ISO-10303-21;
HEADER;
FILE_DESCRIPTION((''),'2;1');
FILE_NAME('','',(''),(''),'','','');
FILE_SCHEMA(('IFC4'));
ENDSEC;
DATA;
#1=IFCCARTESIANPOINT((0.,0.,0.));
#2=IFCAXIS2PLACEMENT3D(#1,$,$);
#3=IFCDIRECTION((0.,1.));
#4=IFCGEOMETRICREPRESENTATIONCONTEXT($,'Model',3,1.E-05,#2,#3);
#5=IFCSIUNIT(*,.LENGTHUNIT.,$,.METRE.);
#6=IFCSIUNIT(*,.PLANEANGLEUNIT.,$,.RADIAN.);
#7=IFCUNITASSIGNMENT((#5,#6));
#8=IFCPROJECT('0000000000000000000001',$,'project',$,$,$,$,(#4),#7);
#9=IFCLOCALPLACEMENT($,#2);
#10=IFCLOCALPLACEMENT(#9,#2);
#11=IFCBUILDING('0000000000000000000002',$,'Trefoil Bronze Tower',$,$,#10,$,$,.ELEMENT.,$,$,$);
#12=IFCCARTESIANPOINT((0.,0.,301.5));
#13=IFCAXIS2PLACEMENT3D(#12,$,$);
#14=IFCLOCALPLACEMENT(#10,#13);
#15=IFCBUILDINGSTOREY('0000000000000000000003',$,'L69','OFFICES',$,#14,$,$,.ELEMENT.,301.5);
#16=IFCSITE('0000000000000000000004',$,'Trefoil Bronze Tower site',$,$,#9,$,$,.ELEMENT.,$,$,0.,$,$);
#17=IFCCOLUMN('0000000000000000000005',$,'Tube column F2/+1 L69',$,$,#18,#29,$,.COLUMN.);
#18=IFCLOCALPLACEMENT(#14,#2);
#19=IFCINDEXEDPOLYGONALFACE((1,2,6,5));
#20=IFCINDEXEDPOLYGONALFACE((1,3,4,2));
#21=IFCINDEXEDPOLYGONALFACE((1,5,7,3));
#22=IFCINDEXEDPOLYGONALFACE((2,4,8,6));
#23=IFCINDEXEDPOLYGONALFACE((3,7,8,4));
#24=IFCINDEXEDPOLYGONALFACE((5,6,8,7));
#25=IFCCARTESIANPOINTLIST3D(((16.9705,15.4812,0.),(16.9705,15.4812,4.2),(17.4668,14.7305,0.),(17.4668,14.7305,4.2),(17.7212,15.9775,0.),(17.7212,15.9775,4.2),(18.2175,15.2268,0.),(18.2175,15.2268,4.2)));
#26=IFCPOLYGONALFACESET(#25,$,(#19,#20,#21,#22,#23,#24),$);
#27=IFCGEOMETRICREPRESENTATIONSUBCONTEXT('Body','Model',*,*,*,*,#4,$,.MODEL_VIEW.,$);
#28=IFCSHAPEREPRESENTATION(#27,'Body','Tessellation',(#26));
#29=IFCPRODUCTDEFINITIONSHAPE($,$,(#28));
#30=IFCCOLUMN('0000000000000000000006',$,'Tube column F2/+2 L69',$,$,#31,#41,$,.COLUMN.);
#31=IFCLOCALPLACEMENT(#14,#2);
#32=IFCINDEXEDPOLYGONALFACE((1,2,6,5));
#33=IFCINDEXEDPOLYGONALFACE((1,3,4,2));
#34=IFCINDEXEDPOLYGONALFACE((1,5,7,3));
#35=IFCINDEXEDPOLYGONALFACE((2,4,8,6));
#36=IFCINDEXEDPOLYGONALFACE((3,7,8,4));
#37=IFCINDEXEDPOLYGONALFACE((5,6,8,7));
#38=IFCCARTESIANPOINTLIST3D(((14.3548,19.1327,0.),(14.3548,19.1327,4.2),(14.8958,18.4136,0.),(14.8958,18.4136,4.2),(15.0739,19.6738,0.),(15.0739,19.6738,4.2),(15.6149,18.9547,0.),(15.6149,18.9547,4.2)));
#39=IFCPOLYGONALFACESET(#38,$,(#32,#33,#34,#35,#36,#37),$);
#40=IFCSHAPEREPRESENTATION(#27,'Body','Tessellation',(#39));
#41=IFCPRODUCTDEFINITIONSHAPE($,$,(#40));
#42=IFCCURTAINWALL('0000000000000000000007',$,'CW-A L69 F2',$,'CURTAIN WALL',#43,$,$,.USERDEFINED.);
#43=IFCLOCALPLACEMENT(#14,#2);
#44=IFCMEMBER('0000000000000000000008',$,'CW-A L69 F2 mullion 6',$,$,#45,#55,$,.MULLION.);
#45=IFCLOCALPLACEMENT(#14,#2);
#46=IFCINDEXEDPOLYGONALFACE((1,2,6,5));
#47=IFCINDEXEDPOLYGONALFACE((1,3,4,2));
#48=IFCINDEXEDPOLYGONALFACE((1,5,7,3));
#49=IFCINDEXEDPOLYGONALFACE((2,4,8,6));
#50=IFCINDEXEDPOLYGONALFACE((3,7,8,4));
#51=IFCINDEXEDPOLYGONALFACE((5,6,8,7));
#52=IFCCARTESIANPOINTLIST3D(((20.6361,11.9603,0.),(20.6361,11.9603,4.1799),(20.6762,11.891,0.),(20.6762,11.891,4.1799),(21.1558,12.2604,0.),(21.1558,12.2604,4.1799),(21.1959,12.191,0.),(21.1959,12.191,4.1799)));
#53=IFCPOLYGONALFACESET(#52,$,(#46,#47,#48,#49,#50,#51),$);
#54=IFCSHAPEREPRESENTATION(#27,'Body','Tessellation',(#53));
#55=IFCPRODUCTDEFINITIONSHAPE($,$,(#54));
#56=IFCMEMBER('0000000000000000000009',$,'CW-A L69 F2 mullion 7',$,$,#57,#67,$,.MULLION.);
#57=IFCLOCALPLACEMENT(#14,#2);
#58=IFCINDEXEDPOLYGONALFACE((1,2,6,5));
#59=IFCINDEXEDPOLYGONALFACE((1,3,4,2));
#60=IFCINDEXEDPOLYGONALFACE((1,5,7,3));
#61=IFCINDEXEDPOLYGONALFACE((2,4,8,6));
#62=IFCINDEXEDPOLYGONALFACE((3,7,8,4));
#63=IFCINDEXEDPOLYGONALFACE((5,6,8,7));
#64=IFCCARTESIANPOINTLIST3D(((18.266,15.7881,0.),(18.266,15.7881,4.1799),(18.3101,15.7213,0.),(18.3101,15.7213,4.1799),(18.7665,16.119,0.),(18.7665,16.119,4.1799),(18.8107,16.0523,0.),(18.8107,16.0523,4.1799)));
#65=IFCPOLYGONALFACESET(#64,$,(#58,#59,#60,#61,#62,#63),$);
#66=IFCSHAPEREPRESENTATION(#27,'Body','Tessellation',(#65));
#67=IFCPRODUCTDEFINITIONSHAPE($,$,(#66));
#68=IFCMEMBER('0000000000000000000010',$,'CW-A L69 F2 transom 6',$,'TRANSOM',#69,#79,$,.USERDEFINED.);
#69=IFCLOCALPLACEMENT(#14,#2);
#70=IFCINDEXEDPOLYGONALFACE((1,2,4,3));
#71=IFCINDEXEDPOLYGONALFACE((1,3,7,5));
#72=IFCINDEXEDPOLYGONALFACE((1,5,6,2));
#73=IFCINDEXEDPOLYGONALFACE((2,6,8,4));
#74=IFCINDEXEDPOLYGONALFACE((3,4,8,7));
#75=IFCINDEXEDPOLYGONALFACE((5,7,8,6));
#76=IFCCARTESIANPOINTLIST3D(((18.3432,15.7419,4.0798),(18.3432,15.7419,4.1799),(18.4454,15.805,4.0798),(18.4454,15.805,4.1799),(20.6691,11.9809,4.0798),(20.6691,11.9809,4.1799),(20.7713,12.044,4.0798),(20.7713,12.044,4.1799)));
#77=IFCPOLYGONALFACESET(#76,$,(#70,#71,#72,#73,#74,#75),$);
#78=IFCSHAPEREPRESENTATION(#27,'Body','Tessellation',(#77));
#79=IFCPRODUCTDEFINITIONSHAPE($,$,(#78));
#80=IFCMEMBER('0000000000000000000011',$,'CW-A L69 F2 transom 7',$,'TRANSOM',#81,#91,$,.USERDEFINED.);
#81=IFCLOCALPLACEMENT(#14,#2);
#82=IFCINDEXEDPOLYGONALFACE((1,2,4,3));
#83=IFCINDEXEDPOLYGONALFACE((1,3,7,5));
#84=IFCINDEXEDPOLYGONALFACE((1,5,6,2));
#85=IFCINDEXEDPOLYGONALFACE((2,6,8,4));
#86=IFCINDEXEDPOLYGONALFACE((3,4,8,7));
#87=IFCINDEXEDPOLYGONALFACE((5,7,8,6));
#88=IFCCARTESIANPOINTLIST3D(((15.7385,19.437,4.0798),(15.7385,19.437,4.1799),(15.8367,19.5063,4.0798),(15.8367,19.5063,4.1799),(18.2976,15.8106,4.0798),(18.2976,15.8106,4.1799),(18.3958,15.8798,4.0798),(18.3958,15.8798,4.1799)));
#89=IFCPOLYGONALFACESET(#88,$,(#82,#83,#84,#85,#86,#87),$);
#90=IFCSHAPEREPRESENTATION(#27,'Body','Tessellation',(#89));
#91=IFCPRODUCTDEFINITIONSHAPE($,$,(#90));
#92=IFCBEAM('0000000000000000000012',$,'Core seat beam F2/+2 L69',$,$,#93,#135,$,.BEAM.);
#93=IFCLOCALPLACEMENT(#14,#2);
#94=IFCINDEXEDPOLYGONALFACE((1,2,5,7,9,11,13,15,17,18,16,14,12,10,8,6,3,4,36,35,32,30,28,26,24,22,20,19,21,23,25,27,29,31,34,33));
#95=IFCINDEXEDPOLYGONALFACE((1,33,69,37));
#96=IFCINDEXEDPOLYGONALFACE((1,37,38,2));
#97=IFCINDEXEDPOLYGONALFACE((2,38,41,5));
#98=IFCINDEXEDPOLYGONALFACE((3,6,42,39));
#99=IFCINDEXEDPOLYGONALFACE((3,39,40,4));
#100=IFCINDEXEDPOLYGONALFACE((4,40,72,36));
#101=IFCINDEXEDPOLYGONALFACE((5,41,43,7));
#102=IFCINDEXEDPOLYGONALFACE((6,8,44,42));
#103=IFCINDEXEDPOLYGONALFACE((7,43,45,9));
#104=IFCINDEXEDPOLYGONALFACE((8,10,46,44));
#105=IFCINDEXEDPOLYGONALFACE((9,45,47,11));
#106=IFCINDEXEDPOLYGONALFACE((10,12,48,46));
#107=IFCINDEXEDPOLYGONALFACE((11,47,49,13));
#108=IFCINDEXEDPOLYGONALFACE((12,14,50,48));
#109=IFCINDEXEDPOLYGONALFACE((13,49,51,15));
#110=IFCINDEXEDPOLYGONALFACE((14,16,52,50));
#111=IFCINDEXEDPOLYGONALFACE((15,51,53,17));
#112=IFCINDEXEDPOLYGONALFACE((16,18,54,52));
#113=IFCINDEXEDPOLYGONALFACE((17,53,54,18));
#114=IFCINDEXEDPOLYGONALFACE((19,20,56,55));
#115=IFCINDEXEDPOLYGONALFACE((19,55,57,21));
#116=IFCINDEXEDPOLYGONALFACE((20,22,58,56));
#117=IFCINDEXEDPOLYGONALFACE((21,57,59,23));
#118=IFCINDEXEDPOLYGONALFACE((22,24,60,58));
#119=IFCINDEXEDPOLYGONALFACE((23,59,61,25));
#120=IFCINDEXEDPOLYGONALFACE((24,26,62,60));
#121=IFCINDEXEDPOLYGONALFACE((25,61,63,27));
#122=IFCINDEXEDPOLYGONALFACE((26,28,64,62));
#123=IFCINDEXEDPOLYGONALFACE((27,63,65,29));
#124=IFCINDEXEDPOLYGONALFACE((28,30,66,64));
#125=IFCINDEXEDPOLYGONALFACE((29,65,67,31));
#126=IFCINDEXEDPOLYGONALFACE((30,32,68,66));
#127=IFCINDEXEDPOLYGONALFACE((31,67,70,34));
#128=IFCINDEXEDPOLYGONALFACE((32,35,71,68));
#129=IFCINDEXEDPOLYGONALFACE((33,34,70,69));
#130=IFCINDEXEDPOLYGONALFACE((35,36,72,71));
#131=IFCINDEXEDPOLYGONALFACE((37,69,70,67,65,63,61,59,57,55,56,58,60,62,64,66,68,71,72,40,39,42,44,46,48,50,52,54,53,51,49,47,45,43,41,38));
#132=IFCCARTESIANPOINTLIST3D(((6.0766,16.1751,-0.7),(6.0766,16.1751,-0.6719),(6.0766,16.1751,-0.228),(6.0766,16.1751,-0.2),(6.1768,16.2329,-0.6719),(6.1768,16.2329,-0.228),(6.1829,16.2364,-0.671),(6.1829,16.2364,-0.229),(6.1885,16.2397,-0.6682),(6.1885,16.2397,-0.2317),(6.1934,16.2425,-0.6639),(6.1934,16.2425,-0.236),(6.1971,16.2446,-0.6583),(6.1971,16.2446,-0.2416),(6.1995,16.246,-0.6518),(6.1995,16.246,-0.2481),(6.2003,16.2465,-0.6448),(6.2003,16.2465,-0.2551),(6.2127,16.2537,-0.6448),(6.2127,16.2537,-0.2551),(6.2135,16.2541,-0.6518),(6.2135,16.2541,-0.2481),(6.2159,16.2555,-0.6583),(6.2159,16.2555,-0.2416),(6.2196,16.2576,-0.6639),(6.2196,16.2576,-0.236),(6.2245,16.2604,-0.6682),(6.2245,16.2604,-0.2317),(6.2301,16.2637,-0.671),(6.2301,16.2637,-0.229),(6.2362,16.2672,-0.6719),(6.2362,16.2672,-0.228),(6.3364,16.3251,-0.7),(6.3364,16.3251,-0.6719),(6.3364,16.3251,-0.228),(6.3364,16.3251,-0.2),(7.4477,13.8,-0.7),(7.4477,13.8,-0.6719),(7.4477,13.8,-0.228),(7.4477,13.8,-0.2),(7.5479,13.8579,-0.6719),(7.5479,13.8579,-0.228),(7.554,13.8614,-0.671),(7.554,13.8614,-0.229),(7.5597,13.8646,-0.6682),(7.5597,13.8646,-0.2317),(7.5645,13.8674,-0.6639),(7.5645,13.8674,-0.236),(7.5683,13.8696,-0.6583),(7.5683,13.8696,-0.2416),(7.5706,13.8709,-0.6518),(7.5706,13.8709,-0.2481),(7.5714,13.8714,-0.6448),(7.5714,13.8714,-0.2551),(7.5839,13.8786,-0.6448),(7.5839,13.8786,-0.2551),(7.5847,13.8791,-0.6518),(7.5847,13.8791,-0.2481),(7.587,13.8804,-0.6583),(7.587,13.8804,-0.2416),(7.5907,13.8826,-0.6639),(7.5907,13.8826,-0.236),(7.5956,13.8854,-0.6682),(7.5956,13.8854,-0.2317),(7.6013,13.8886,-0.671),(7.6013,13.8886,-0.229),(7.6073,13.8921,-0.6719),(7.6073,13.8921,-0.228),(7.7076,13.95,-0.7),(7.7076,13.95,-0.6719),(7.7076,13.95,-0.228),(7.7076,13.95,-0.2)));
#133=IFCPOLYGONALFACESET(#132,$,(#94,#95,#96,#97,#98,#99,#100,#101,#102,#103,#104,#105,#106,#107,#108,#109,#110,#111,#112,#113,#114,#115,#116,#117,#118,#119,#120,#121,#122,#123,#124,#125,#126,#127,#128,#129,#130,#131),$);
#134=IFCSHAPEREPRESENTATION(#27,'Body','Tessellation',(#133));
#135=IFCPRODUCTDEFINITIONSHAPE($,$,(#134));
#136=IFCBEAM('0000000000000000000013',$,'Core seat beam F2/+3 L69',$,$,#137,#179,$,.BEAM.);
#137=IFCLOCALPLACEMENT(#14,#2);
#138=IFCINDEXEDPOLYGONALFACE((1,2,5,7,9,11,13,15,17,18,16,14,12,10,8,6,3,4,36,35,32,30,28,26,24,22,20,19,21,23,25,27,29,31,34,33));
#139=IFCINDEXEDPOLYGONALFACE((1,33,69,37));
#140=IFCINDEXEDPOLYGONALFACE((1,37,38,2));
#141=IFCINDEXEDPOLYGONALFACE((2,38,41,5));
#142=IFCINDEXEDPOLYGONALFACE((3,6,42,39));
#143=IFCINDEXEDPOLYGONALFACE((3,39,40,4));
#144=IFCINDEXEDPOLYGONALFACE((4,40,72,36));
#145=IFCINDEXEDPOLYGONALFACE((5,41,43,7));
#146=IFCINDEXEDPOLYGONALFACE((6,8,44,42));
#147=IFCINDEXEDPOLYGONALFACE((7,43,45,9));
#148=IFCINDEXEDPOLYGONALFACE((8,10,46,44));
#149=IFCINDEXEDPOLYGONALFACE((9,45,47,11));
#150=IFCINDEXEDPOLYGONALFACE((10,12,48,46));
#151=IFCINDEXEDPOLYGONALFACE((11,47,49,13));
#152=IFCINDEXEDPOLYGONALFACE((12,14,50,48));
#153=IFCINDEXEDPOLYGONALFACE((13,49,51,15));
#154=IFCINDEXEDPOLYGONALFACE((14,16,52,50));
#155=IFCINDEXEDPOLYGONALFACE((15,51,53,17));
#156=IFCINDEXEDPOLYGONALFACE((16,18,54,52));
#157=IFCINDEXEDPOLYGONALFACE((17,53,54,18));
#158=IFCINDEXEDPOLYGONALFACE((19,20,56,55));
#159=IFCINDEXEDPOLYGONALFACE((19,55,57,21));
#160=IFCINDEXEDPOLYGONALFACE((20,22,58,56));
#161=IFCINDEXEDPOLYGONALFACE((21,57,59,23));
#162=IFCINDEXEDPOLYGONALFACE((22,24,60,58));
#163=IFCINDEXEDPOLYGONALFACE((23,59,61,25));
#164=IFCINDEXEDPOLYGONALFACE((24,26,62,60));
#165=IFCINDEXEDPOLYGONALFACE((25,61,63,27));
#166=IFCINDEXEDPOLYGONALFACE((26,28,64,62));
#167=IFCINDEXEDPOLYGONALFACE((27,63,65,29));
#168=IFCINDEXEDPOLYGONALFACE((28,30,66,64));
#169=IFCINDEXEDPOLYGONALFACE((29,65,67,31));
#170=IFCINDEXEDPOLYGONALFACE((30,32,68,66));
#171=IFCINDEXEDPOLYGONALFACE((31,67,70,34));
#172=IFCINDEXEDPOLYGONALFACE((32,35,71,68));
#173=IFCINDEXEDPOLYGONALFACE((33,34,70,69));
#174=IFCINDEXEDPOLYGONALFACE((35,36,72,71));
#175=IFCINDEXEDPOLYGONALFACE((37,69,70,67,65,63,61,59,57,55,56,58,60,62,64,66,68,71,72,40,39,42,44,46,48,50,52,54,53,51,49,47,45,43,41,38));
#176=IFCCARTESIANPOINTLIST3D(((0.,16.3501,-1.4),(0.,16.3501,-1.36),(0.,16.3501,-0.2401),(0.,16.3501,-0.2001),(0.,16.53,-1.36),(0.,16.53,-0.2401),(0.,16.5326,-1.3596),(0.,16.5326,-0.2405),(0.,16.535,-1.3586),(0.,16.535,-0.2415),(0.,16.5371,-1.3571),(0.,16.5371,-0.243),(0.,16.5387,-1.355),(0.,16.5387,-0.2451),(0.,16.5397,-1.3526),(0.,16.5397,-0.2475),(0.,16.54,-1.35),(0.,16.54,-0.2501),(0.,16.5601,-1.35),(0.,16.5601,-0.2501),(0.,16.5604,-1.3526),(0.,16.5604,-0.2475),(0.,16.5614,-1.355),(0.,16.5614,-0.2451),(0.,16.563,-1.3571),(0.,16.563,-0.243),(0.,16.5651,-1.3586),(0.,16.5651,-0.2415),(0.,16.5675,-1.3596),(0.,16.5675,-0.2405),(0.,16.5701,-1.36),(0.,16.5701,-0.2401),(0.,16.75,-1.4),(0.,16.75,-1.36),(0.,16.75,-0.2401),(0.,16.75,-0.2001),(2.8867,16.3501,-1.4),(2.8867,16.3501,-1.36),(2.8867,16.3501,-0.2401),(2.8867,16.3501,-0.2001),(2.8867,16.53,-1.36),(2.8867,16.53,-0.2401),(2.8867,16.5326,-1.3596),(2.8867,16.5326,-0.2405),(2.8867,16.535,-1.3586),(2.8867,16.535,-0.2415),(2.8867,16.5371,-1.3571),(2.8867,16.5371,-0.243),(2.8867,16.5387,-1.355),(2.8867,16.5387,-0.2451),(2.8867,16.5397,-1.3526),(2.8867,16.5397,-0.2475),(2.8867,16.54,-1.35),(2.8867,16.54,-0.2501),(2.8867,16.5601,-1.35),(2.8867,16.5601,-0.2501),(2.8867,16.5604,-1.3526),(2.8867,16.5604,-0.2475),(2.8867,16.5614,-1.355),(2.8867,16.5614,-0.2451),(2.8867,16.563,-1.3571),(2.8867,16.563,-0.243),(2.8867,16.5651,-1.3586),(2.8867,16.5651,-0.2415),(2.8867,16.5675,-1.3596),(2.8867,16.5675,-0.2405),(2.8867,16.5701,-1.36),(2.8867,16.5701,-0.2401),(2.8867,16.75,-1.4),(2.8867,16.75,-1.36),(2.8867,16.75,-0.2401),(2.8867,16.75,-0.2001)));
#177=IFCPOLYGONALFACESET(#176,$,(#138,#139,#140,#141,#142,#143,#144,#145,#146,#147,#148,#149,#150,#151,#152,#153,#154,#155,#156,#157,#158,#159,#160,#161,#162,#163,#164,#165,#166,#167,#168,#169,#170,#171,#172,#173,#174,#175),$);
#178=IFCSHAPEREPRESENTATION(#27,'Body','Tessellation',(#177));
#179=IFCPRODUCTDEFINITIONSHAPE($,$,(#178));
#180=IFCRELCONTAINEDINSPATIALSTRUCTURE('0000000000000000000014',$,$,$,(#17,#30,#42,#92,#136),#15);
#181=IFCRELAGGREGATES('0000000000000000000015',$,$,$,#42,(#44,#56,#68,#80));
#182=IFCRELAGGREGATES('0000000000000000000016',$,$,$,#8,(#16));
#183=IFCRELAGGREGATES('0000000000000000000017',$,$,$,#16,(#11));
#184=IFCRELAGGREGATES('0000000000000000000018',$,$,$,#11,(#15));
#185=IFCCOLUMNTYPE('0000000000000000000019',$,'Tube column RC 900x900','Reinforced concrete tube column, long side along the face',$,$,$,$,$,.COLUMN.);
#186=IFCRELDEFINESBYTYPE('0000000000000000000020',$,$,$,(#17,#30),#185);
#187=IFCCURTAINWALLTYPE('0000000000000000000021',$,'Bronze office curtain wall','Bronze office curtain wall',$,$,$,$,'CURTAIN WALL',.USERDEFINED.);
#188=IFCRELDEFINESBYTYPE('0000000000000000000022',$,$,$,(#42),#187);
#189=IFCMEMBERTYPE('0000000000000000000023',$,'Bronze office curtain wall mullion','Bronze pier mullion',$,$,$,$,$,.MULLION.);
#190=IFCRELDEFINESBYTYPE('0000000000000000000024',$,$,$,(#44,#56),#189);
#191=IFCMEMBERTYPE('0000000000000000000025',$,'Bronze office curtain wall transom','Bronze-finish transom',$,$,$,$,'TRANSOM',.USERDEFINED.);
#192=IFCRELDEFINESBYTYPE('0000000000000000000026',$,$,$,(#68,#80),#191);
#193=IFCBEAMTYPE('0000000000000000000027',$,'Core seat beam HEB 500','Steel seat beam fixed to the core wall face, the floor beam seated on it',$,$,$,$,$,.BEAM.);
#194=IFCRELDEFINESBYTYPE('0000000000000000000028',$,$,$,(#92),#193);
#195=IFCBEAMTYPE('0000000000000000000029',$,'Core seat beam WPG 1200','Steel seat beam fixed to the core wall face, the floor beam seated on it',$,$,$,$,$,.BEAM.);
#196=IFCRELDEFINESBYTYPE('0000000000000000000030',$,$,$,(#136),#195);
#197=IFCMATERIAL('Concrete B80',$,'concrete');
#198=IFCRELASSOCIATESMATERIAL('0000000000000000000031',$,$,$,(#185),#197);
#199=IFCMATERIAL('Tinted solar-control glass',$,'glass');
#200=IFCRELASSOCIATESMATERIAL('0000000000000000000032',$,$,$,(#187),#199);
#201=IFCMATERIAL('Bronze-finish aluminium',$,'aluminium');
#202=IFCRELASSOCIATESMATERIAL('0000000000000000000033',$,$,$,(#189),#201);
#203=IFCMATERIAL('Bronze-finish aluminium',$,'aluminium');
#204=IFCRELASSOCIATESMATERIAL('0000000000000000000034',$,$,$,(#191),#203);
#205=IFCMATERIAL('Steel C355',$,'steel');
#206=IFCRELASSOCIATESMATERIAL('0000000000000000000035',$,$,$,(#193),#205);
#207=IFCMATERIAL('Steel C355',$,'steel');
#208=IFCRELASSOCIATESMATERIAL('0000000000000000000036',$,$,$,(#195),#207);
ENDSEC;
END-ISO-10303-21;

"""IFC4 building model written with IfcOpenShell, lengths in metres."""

from ifc_helpers import new_model, si_unit, direction, frame, origin, origin_2d, place, context, subcontext, project, spatial, rectangle, i_section, extrude, material, material_profile, profile_set, type_object, element, aggregate, save


model = new_model("IFC4")

# Units and contexts
model_context = context("Model", 3, precision=1e-05, world=origin(), true_north=direction((0.0, 1.0)))
body_context = subcontext(model_context, "Body", "Model", "MODEL_VIEW")
ifc_project = project(units=[si_unit("LENGTHUNIT", "METRE"), si_unit("PLANEANGLEUNIT", "RADIAN")], contexts=[model_context])

# Site, building, storey
site_placement = place(None, origin())
site = spatial("IfcSite", under=ifc_project, at=site_placement, Name="Trefoil Bronze Tower site", CompositionType="ELEMENT", RefElevation=0.0)
building_placement = place(site_placement, origin())
building = spatial("IfcBuilding", under=site, at=building_placement, Name="Trefoil Bronze Tower", CompositionType="ELEMENT")
storey_placement = place(building_placement, frame((0.0, 0.0, 301.5)))
storey = spatial("IfcBuildingStorey", under=building, at=storey_placement, Name="L69", Description="OFFICES", CompositionType="ELEMENT", Elevation=301.5)

# Columns
ifc_material_1 = material(Name="Concrete B80", Category="concrete")
ifc_material_profile_1 = material_profile(ifc_material_1, rectangle(XDim=0.8999, YDim=0.8999, at=origin_2d()), Name="RC 900x900")
ifc_profile_set_1 = profile_set([ifc_material_profile_1], Name="Concrete B80")
column_type = type_object("IfcColumnType", Name="Tube column RC 900x900", Description="Reinforced concrete tube column, long side along the face", PredefinedType="COLUMN", material=ifc_profile_set_1)
for number, where, z_axis, x_axis, name in (
    (1, (17.594, 15.354, 0.0), (0.0, 0.0, 1.0), (-0.551524, 0.834159, 0.0), "Tube column F2/+1 L69"),
    (2, (14.9849, 19.0437, 0.0), (0.0, 0.0, 1.0), (-0.601203, 0.799096, 0.0), "Tube column F2/+2 L69"),
):
    element("IfcColumn", number, at=place(storey_placement, frame(where, z_axis=z_axis, x_axis=x_axis)), inside=storey, type_object=column_type, Name=name, PredefinedType="COLUMN", context=body_context, shape_type="SweptSolid", body=[
        extrude(rectangle(XDim=0.8999, YDim=0.8999, at=origin_2d()), origin(), (0.0, 0.0, 1.0), 4.2),
    ])

# Curtain wall, members
ifc_material_2 = material(Name="Tinted solar-control glass", Category="glass")
curtain_wall_type = type_object("IfcCurtainWallType", Name="Bronze office curtain wall", Description="Bronze office curtain wall", ElementType="CURTAIN WALL", PredefinedType="USERDEFINED", material=ifc_material_2)
curtain_wall_placement = place(storey_placement, origin())
curtain_wall = element("IfcCurtainWall", 3, at=curtain_wall_placement, inside=storey, type_object=curtain_wall_type, Name="CW-A L69 F2", ObjectType="CURTAIN WALL", PredefinedType="USERDEFINED")
ifc_material_3 = material(Name="Bronze-finish aluminium", Category="aluminium")
ifc_material_profile_2 = material_profile(ifc_material_3, rectangle(XDim=0.6001, YDim=0.0801, at=origin_2d()), Name="CW-A mullion")
ifc_profile_set_2 = profile_set([ifc_material_profile_2], Name="Bronze-finish aluminium")
member_type_1 = type_object("IfcMemberType", Name="Bronze office curtain wall mullion", Description="Bronze pier mullion", PredefinedType="MULLION", material=ifc_profile_set_2)
member_1_placement = place(storey_placement, frame((20.916, 12.0757, 0.0), z_axis=(0.0, 0.0, 1.0), x_axis=(-0.866025, -0.5, 0.0)))
member_1 = element("IfcMember", 4, at=member_1_placement, type_object=member_type_1, Name="CW-A L69 F2 mullion 6", PredefinedType="MULLION", context=body_context, shape_type="SweptSolid", body=[
    extrude(rectangle(XDim=0.6001, YDim=0.0801, at=origin_2d()), origin(), (0.0, 0.0, 1.0), 4.1799),
])
member_2_placement = place(storey_placement, frame((18.5383, 15.9202, 0.0), z_axis=(0.0, 0.0, 1.0), x_axis=(-0.834159, -0.551524, 0.0)))
member_2 = element("IfcMember", 5, at=member_2_placement, type_object=member_type_1, Name="CW-A L69 F2 mullion 7", PredefinedType="MULLION", context=body_context, shape_type="SweptSolid", body=[
    extrude(rectangle(XDim=0.6001, YDim=0.0801, at=origin_2d()), origin(), (0.0, 0.0, 1.0), 4.1799),
])
ifc_material_4 = material(Name="Bronze-finish aluminium", Category="aluminium")
ifc_material_profile_3 = material_profile(ifc_material_4, rectangle(XDim=0.1201, YDim=0.1001, at=origin_2d()), Name="CW-A transom")
ifc_profile_set_3 = profile_set([ifc_material_profile_3], Name="Bronze-finish aluminium")
member_type_2 = type_object("IfcMemberType", Name="Bronze office curtain wall transom", Description="Bronze-finish transom", ElementType="TRANSOM", PredefinedType="USERDEFINED", material=ifc_profile_set_3)
member_3_placement = place(storey_placement, frame((20.7202, 12.0125, 4.1299), z_axis=(-0.525978, 0.850498, 0.0), x_axis=(-0.850498, -0.525978, 0.0)))
member_3 = element("IfcMember", 6, at=member_3_placement, type_object=member_type_2, Name="CW-A L69 F2 transom 6", ObjectType="TRANSOM", PredefinedType="USERDEFINED", context=body_context, shape_type="SweptSolid", body=[
    extrude(rectangle(XDim=0.1201, YDim=0.1001, at=origin_2d()), origin(), (0.0, 0.0, 1.0), 4.4221),
])
member_4_placement = place(storey_placement, frame((18.3467, 15.8452, 4.1299), z_axis=(-0.576567, 0.81705, 0.0), x_axis=(-0.81705, -0.576567, 0.0)))
member_4 = element("IfcMember", 7, at=member_4_placement, type_object=member_type_2, Name="CW-A L69 F2 transom 7", ObjectType="TRANSOM", PredefinedType="USERDEFINED", context=body_context, shape_type="SweptSolid", body=[
    extrude(rectangle(XDim=0.1201, YDim=0.1001, at=origin_2d()), origin(), (0.0, 0.0, 1.0), 4.4385),
])

# Beams
ifc_material_5 = material(Name="Steel C355", Category="steel")
ifc_material_profile_4 = material_profile(ifc_material_5, i_section(OverallWidth=0.3, OverallDepth=0.5, WebThickness=0.0144, FlangeThickness=0.0281, FilletRadius=0.0271, at=origin_2d()), Name="HEB 500")
ifc_profile_set_4 = profile_set([ifc_material_profile_4], Name="Steel C355")
beam_type_1 = type_object("IfcBeamType", Name="Core seat beam HEB 500", Description="Steel seat beam fixed to the core wall face, the floor beam seated on it", PredefinedType="BEAM", material=ifc_profile_set_4)
beam_1_placement = place(storey_placement, frame((7.5776, 13.875, -0.45), z_axis=(-0.499969, 0.866043, 0.0), x_axis=(-0.866043, -0.499969, 0.0)))
element("IfcBeam", 8, at=beam_1_placement, inside=storey, type_object=beam_type_1, Name="Core seat beam F2/+2 L69", PredefinedType="BEAM", context=body_context, shape_type="SweptSolid", body=[
    extrude(i_section(OverallWidth=0.3, OverallDepth=0.5, WebThickness=0.0144, FlangeThickness=0.0281, FilletRadius=0.0271, at=origin_2d()), origin(), (0.0, 0.0, 1.0), 2.7424),
])
ifc_material_6 = material(Name="Steel C355", Category="steel")
ifc_material_profile_5 = material_profile(ifc_material_6, i_section(OverallWidth=0.3999, OverallDepth=1.2, WebThickness=0.02, FlangeThickness=0.04, FilletRadius=0.01, at=origin_2d()), Name="WPG 1200")
ifc_profile_set_5 = profile_set([ifc_material_profile_5], Name="Steel C355")
beam_type_2 = type_object("IfcBeamType", Name="Core seat beam WPG 1200", Description="Steel seat beam fixed to the core wall face, the floor beam seated on it", PredefinedType="BEAM", material=ifc_profile_set_5)
beam_2_placement = place(storey_placement, frame((2.8867, 16.55, -0.8), z_axis=(-1.0, 0.0, 0.0), x_axis=(0.0, -1.0, 0.0)))
element("IfcBeam", 9, at=beam_2_placement, inside=storey, type_object=beam_type_2, Name="Core seat beam F2/+3 L69", PredefinedType="BEAM", context=body_context, shape_type="SweptSolid", body=[
    extrude(i_section(OverallWidth=0.3999, OverallDepth=1.2, WebThickness=0.02, FlangeThickness=0.04, FilletRadius=0.01, at=origin_2d()), origin(), (0.0, 0.0, 1.0), 2.8867),
])

aggregate(curtain_wall, [member_1, member_2, member_3, member_4])

save(model, "model.ifc")
